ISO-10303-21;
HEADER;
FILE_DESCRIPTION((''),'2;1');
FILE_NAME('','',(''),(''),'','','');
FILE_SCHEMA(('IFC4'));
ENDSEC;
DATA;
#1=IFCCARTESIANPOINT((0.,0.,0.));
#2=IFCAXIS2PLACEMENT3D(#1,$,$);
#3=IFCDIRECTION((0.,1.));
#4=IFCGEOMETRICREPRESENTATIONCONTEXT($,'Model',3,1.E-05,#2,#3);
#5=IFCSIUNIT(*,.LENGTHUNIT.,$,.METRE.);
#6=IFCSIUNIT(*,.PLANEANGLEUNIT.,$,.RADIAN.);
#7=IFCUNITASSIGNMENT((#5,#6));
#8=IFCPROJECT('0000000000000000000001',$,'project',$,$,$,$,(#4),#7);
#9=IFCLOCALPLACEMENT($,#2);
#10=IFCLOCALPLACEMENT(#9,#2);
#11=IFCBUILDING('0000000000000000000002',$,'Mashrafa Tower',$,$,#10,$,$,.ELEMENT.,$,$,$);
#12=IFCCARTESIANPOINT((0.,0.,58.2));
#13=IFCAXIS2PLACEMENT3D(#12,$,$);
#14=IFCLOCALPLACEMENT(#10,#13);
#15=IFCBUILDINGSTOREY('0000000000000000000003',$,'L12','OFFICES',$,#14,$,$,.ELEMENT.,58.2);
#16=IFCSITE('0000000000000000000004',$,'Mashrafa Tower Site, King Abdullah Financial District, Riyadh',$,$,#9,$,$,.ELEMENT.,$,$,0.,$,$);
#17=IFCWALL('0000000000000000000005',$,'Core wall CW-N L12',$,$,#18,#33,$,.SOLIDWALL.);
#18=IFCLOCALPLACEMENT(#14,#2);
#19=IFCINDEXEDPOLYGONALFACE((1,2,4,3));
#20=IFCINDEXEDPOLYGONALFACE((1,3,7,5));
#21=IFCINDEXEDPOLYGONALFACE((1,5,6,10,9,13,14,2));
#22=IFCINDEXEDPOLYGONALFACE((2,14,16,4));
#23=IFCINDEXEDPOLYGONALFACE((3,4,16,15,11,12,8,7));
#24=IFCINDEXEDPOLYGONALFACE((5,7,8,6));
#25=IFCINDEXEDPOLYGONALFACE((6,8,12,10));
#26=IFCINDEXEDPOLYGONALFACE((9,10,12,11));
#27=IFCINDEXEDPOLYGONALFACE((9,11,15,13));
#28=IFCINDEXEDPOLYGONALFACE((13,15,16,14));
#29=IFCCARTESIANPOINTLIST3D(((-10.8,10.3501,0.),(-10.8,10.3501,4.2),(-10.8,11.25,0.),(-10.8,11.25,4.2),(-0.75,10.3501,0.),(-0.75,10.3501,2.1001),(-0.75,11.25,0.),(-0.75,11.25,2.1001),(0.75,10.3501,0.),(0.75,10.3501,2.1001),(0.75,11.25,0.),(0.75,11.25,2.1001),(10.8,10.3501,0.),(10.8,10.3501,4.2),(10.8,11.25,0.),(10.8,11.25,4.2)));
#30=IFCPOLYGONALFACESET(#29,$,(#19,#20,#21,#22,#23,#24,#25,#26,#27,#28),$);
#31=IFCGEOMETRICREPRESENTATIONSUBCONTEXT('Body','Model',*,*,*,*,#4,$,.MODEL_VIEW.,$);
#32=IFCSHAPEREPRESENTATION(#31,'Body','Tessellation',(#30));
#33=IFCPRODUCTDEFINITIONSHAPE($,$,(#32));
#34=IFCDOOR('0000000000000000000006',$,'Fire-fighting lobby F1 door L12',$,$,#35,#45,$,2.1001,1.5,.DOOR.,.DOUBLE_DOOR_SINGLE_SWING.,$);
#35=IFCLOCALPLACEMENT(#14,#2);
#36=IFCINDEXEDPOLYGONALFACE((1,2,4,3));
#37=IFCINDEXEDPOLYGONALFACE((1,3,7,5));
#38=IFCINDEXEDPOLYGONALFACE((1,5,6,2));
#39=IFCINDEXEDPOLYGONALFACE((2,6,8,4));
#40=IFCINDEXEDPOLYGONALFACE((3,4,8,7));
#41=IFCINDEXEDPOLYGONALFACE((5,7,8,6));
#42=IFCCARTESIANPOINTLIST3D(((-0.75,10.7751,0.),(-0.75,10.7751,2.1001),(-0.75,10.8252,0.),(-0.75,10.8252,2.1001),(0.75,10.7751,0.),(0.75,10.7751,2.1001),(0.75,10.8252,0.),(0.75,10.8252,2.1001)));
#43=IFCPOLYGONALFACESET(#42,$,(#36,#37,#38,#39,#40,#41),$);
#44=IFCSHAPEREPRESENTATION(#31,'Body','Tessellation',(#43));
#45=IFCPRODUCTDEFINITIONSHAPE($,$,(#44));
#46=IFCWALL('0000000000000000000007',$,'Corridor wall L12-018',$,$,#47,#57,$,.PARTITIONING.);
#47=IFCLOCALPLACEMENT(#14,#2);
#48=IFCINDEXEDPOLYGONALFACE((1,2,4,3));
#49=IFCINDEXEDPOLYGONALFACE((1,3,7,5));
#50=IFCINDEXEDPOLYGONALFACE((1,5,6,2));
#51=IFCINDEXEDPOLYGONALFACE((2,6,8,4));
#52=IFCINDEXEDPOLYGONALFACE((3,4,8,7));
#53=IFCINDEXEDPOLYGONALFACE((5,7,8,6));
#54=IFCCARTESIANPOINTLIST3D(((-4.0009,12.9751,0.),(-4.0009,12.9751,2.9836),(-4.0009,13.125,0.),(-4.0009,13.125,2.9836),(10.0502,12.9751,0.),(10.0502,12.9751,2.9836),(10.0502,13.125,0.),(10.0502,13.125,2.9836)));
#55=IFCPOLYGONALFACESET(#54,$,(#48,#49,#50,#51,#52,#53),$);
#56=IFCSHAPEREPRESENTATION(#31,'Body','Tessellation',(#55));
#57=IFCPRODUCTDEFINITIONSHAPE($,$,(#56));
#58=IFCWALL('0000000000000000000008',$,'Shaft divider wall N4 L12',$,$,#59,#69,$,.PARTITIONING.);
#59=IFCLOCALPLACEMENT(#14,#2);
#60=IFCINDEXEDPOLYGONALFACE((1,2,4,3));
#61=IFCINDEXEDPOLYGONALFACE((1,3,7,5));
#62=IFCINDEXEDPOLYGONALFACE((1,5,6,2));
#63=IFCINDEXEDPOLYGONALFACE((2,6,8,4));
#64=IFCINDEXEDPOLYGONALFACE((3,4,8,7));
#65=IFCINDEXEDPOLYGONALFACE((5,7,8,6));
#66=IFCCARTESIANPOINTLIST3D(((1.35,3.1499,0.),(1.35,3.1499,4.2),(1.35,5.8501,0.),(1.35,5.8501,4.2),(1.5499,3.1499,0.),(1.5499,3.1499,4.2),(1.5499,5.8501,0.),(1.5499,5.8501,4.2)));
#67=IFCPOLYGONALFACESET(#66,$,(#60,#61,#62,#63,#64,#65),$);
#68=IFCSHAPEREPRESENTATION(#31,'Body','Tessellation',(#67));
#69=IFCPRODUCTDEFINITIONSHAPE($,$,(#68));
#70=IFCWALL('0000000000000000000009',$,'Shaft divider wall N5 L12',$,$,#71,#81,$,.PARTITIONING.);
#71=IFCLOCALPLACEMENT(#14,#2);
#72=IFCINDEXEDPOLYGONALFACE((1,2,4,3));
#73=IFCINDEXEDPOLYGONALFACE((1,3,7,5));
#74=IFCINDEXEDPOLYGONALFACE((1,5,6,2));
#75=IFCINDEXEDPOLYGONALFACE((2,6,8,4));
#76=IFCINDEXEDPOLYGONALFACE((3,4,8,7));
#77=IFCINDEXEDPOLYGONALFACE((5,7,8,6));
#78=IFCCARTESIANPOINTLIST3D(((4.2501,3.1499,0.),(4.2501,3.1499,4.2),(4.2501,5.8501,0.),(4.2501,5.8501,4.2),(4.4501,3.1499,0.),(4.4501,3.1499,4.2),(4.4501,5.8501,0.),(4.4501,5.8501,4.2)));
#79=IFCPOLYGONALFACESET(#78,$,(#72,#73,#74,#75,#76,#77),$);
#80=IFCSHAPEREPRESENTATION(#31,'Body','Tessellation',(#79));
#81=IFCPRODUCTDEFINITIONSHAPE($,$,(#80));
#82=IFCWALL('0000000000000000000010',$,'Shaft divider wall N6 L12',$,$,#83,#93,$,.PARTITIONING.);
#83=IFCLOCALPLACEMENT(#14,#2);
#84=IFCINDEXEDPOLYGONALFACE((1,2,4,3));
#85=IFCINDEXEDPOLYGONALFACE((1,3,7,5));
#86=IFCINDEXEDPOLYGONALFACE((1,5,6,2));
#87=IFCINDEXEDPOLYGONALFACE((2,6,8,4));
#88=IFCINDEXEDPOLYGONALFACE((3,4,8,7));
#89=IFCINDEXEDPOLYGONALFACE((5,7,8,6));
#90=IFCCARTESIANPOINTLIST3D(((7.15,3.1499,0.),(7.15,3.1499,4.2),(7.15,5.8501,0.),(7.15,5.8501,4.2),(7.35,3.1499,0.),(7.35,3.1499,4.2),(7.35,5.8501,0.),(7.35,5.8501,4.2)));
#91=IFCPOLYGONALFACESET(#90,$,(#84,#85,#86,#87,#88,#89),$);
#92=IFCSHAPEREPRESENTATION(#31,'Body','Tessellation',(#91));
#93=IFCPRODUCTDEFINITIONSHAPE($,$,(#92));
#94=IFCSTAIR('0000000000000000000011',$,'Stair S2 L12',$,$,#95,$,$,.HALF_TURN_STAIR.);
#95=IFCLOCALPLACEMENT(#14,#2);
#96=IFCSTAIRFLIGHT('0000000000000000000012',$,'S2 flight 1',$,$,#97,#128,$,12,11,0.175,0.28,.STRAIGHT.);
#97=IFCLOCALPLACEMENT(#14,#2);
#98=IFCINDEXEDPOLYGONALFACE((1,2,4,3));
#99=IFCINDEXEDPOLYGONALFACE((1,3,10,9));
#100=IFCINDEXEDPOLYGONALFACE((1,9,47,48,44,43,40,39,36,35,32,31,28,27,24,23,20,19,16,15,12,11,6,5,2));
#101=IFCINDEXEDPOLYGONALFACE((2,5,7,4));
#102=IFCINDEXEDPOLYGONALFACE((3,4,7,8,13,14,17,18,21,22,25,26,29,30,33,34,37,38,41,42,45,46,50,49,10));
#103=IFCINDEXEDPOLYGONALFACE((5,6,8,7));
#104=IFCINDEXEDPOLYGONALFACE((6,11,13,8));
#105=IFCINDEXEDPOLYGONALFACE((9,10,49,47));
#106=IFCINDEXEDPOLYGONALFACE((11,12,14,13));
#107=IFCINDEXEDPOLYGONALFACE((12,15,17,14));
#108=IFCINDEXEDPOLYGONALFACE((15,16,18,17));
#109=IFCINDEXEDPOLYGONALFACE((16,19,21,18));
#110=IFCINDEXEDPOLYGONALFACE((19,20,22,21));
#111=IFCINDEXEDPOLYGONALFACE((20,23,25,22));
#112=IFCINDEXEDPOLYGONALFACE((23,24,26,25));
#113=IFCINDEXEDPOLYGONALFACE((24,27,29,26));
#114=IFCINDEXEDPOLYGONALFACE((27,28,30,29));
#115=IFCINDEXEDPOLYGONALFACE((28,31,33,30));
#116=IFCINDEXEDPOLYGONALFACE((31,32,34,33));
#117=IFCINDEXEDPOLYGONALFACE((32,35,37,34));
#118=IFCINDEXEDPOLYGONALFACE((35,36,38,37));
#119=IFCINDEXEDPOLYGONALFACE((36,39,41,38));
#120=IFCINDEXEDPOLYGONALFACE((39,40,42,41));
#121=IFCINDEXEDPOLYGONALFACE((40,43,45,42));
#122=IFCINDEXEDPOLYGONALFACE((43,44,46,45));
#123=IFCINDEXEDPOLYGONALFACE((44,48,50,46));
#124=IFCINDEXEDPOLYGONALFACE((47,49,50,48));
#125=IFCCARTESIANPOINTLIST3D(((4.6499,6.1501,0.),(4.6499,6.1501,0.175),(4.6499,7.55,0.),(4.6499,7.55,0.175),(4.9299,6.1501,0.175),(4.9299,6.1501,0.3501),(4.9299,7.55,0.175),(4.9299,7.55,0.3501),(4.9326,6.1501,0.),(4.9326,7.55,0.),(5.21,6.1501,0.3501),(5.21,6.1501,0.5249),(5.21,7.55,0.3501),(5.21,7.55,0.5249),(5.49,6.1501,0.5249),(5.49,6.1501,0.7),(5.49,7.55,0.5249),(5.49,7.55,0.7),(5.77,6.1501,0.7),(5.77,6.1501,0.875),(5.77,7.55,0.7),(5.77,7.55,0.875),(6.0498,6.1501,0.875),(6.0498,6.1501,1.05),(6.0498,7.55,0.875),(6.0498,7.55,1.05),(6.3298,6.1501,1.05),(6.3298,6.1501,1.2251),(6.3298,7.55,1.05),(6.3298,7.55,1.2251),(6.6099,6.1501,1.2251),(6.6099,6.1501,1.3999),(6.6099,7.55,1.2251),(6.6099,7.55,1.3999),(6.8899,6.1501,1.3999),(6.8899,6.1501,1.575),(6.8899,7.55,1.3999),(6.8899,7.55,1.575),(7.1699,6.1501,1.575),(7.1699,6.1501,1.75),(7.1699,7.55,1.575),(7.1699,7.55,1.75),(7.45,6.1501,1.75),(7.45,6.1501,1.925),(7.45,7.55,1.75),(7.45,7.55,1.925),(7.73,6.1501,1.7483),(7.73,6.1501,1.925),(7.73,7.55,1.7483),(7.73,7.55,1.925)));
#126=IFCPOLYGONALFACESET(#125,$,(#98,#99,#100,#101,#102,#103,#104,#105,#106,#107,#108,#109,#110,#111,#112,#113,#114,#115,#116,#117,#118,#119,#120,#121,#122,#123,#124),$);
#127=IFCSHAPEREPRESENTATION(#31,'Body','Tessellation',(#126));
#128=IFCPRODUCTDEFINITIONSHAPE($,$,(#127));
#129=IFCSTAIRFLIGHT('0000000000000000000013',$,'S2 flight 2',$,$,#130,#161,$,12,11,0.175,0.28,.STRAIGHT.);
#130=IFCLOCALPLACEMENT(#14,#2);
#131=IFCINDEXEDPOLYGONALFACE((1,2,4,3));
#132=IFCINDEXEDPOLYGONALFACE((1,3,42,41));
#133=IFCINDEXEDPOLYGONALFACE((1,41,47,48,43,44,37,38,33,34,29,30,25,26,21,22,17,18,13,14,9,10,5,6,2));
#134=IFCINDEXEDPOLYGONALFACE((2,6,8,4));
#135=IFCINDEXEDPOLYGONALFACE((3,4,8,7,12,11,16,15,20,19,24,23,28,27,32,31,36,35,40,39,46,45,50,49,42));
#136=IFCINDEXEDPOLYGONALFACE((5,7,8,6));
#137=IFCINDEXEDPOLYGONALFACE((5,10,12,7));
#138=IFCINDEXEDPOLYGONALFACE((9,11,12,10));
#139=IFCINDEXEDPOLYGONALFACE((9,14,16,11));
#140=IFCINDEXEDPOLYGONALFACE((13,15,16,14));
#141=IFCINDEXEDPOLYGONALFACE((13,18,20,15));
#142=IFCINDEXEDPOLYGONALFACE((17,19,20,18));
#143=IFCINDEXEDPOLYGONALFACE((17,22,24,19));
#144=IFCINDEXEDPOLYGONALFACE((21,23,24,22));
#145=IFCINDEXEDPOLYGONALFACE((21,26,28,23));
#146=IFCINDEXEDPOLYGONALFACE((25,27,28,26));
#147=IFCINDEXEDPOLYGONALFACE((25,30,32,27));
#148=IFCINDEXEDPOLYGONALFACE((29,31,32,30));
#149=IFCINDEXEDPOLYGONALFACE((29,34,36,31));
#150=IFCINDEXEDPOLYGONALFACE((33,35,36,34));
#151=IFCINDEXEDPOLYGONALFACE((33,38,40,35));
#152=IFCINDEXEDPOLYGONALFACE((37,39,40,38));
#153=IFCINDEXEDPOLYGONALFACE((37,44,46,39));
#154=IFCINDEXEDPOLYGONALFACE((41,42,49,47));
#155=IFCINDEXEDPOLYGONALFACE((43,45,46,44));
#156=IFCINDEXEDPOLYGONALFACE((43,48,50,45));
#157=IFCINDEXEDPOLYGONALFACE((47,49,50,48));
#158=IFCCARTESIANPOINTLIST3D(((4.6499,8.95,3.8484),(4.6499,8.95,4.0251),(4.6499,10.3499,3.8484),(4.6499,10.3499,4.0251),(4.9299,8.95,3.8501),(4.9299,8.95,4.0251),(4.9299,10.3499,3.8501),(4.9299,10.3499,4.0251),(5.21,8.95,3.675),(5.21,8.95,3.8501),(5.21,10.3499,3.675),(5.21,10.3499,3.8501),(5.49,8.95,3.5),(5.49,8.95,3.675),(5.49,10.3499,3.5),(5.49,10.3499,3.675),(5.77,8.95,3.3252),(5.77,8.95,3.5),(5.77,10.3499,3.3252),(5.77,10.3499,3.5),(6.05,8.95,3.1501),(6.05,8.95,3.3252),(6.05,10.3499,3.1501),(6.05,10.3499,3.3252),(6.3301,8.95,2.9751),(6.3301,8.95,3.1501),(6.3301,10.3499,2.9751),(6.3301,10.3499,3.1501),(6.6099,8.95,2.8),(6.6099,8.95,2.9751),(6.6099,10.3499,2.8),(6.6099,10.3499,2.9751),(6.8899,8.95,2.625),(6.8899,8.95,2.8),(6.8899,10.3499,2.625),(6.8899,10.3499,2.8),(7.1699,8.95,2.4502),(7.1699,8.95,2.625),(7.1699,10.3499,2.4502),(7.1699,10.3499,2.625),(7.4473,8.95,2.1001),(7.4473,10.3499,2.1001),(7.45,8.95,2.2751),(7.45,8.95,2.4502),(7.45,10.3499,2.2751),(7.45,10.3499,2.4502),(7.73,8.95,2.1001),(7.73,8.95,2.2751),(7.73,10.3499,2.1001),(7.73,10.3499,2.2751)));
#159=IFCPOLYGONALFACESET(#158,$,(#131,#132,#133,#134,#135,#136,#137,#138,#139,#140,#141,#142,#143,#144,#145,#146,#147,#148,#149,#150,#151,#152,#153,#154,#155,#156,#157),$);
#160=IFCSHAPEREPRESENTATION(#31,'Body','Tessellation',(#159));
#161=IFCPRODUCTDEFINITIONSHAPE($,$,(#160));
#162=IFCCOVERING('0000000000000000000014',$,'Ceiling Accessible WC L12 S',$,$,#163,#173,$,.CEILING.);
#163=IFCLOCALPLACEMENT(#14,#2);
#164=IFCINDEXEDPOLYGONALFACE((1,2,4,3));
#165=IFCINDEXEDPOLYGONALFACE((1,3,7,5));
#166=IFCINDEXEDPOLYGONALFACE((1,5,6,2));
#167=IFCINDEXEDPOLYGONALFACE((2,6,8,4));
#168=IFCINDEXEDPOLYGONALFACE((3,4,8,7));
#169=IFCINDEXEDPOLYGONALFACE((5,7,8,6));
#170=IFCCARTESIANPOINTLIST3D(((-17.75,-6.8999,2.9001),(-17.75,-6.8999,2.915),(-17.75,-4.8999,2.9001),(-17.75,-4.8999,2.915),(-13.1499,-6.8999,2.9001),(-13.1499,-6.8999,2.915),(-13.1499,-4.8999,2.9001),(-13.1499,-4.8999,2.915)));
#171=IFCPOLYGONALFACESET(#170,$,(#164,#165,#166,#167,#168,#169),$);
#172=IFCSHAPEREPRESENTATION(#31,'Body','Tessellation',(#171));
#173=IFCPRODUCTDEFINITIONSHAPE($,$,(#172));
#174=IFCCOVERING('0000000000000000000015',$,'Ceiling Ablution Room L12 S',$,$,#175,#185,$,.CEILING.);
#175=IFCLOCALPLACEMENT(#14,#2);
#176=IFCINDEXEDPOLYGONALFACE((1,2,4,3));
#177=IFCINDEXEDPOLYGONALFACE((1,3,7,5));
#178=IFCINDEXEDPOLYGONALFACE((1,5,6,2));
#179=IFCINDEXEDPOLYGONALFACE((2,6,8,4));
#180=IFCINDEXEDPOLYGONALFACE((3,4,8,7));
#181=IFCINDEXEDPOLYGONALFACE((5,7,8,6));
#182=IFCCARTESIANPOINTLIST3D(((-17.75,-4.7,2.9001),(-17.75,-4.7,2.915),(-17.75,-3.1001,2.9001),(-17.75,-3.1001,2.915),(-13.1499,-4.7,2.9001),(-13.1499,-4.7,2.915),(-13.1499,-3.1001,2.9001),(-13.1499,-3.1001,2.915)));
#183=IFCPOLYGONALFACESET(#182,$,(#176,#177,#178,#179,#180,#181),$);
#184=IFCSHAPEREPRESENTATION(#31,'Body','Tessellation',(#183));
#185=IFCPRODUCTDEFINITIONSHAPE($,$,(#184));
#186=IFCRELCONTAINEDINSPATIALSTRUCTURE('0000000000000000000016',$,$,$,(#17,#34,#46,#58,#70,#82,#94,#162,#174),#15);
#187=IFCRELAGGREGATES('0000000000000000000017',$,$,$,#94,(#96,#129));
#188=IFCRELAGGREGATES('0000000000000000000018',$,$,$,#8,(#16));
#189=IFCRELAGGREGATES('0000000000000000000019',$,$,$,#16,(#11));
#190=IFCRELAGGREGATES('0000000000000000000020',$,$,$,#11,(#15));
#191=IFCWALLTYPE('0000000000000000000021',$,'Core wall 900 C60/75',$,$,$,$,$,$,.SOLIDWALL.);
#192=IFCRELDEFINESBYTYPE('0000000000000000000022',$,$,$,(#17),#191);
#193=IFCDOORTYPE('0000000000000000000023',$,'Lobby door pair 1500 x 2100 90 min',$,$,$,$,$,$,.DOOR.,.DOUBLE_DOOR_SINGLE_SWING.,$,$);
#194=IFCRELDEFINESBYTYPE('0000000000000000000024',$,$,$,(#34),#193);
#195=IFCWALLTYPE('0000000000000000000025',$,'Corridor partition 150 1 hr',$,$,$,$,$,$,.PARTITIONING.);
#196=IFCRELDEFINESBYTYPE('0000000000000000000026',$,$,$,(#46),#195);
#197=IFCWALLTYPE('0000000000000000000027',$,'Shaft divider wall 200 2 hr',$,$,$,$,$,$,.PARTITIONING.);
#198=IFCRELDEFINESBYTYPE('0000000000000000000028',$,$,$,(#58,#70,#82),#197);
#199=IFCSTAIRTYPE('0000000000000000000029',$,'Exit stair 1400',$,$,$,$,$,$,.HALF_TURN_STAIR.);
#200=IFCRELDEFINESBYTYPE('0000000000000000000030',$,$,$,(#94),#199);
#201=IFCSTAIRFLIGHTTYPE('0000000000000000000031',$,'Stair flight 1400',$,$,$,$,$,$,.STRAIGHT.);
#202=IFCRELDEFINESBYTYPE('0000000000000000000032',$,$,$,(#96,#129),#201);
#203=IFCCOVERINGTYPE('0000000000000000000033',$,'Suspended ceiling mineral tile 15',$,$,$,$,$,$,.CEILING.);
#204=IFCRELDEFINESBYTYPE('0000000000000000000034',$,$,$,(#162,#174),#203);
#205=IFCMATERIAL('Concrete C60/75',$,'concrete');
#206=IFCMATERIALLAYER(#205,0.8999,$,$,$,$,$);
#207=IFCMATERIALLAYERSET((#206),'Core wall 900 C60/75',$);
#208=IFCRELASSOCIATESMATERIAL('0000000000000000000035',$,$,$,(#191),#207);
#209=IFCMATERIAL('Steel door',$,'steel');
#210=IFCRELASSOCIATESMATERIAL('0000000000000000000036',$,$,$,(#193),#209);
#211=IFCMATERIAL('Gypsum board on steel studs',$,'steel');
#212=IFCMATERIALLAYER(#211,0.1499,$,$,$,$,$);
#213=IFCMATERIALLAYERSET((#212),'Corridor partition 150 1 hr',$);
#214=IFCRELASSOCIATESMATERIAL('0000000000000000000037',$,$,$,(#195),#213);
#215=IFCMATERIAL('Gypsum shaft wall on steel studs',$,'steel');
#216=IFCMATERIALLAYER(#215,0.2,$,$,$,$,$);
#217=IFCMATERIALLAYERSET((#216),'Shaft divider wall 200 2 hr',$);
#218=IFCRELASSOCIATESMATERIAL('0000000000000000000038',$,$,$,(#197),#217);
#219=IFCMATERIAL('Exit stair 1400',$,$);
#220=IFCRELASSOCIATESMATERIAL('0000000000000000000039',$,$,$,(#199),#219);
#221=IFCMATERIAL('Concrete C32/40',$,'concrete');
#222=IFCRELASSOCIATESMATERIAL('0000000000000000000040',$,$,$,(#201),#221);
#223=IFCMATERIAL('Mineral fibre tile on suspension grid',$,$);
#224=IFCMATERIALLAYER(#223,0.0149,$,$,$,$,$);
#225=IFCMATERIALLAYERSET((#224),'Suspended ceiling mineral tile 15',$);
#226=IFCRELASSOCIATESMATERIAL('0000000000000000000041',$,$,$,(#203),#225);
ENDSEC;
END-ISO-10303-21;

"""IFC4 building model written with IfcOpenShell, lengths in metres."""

from ifc_helpers import new_model, si_unit, direction, frame, frame_2d, origin, place, context, subcontext, project, spatial, polyline, rectangle, outline, extrude, material, layer, layer_set, type_object, element, fill, aggregate, save


model = new_model("IFC4")

# Units and contexts
model_context = context("Model", 3, precision=1e-05, world=origin(), true_north=direction((0.0, 1.0)))
body_context = subcontext(model_context, "Body", "Model", "MODEL_VIEW")
ifc_project = project(units=[si_unit("LENGTHUNIT", "METRE"), si_unit("PLANEANGLEUNIT", "RADIAN")], contexts=[model_context])

# Site, building, storey
site_placement = place(None, origin())
site = spatial("IfcSite", under=ifc_project, at=site_placement, Name="Mashrafa Tower Site, King Abdullah Financial District, Riyadh", CompositionType="ELEMENT", RefElevation=0.0)
building_placement = place(site_placement, origin())
building = spatial("IfcBuilding", under=site, at=building_placement, Name="Mashrafa Tower", CompositionType="ELEMENT")
storey_placement = place(building_placement, frame((0.0, 0.0, 58.2)))
storey = spatial("IfcBuildingStorey", under=building, at=storey_placement, Name="L12", Description="OFFICES", CompositionType="ELEMENT", Elevation=58.2)

# Wall, opening, door
ifc_material_1 = material(Name="Concrete C60/75", Category="concrete")
ifc_layer_1 = layer(ifc_material_1, 0.8999)
ifc_layer_set_1 = layer_set([ifc_layer_1], Name="Core wall 900 C60/75")
wall_type_1 = type_object("IfcWallType", Name="Core wall 900 C60/75", PredefinedType="SOLIDWALL", material=ifc_layer_set_1)
wall_1_placement = place(storey_placement, frame((10.8, 10.8, 0.0), z_axis=(0.0, 0.0, 1.0), x_axis=(-1.0, 0.0, 0.0)))
wall_1 = element("IfcWall", 1, at=wall_1_placement, inside=storey, type_object=wall_type_1, Name="Core wall CW-N L12", PredefinedType="SOLIDWALL", context=body_context, shape_type="SweptSolid", body=[
    extrude(rectangle(XDim=21.6001, YDim=0.8999, at=frame_2d((10.8, 0.0))), origin(), (0.0, 0.0, 1.0), 4.2),
])
opening_1_placement = place(wall_1_placement, frame((10.05, 0.0, 0.0)))
opening_1 = element("IfcOpeningElement", 2, at=opening_1_placement, cuts=wall_1, PredefinedType="OPENING", context=body_context, shape_type="SweptSolid", body=[
    extrude(rectangle(XDim=1.5, YDim=2.1001, at=frame_2d((0.75, 1.05))), frame((0.0, 0.46, 0.0), z_axis=(0.0, -1.0, 0.0), x_axis=(1.0, 0.0, 0.0)), (0.0, 0.0, 1.0), 0.9199),
])
ifc_material_2 = material(Name="Steel door", Category="steel")
door_type_1 = type_object("IfcDoorType", Name="Lobby door pair 1500 x 2100 90 min", OperationType="DOUBLE_DOOR_SINGLE_SWING", PredefinedType="DOOR", material=ifc_material_2)
door_1_placement = place(opening_1_placement, origin())
door_1 = element("IfcDoor", 3, at=door_1_placement, inside=storey, type_object=door_type_1, Name="Fire-fighting lobby F1 door L12", OperationType="DOUBLE_DOOR_SINGLE_SWING", OverallHeight=2.1001, OverallWidth=1.5, PredefinedType="DOOR", context=body_context, shape_type="SweptSolid", body=[
    extrude(rectangle(XDim=1.5, YDim=2.1001, at=frame_2d((0.75, 1.05))), frame((0.0, 0.0249, 0.0), z_axis=(0.0, -1.0, 0.0), x_axis=(1.0, 0.0, 0.0)), (0.0, 0.0, 1.0), 0.05),
])
fill(opening_1, door_1)

# Walls
ifc_material_3 = material(Name="Gypsum board on steel studs", Category="steel")
ifc_layer_2 = layer(ifc_material_3, 0.1499)
ifc_layer_set_2 = layer_set([ifc_layer_2], Name="Corridor partition 150 1 hr")
wall_type_2 = type_object("IfcWallType", Name="Corridor partition 150 1 hr", PredefinedType="PARTITIONING", material=ifc_layer_set_2)
wall_2_placement = place(storey_placement, frame((10.05, 13.05, 0.0), z_axis=(0.0, 0.0, 1.0), x_axis=(-1.0, 0.0, 0.0)))
element("IfcWall", 4, at=wall_2_placement, inside=storey, type_object=wall_type_2, Name="Corridor wall L12-018", PredefinedType="PARTITIONING", context=body_context, shape_type="SweptSolid", body=[
    extrude(rectangle(XDim=14.051, YDim=0.1499, at=frame_2d((7.0254, 0.0))), origin(), (0.0, 0.0, 1.0), 2.9836),
])
ifc_material_4 = material(Name="Gypsum shaft wall on steel studs", Category="steel")
ifc_layer_3 = layer(ifc_material_4, 0.2)
ifc_layer_set_3 = layer_set([ifc_layer_3], Name="Shaft divider wall 200 2 hr")
wall_type_3 = type_object("IfcWallType", Name="Shaft divider wall 200 2 hr", PredefinedType="PARTITIONING", material=ifc_layer_set_3)
for number, where, z_axis, x_axis, name in (
    (5, (1.45, 3.1499, 0.0), (0.0, 0.0, 1.0), (0.0, 1.0, 0.0), "Shaft divider wall N4 L12"),
    (6, (4.3501, 3.1499, 0.0), (0.0, 0.0, 1.0), (0.0, 1.0, 0.0), "Shaft divider wall N5 L12"),
    (7, (7.25, 3.1499, 0.0), (0.0, 0.0, 1.0), (0.0, 1.0, 0.0), "Shaft divider wall N6 L12"),
):
    element("IfcWall", number, at=place(storey_placement, frame(where, z_axis=z_axis, x_axis=x_axis)), inside=storey, type_object=wall_type_3, Name=name, PredefinedType="PARTITIONING", context=body_context, shape_type="SweptSolid", body=[
        extrude(rectangle(XDim=2.7002, YDim=0.2, at=frame_2d((1.3501, 0.0))), origin(), (0.0, 0.0, 1.0), 4.2),
    ])

# Stair, stair flights
ifc_material_5 = material(Name="Exit stair 1400")
stair_type = type_object("IfcStairType", Name="Exit stair 1400", PredefinedType="HALF_TURN_STAIR", material=ifc_material_5)
stair_placement = place(storey_placement, origin())
stair = element("IfcStair", 8, at=stair_placement, inside=storey, type_object=stair_type, Name="Stair S2 L12", PredefinedType="HALF_TURN_STAIR")
ifc_material_6 = material(Name="Concrete C32/40", Category="concrete")
stair_flight_type = type_object("IfcStairFlightType", Name="Stair flight 1400", PredefinedType="STRAIGHT", material=ifc_material_6)
stair_flight_1_placement = place(storey_placement, frame((4.6499, 6.8501, 0.0), z_axis=(0.0, 0.0, 1.0), x_axis=(1.0, 0.0, 0.0)))
stair_flight_1 = element("IfcStairFlight", 9, at=stair_flight_1_placement, type_object=stair_flight_type, Name="S2 flight 1", NumberOfRisers=12, NumberOfTreads=11, PredefinedType="STRAIGHT", RiserHeight=0.175, TreadLength=0.28, context=body_context, shape_type="SweptSolid", body=[
    extrude(outline(polyline([(0.0, 0.0), (0.0, 0.175), (0.28, 0.175), (0.28, 0.3501), (0.5601, 0.3501), (0.5601, 0.5249), (0.8401, 0.5249), (0.8401, 0.7), (1.1201, 0.7), (1.1201, 0.875), (1.3999, 0.875), (1.3999, 1.05), (1.6799, 1.05), (1.6799, 1.2251), (1.96, 1.2251), (1.96, 1.3999), (2.24, 1.3999), (2.24, 1.575), (2.52, 1.575), (2.52, 1.75), (2.8, 1.75), (2.8, 1.925), (3.0801, 1.925), (3.0801, 2.1001), (3.0801, 1.7483), (0.2827, 0.0), (0.0, 0.0)])), frame((0.0, 0.7, 0.0), z_axis=(0.0, -1.0, 0.0), x_axis=(1.0, 0.0, 0.0)), (0.0, 0.0, 1.0), 1.3999),
])
stair_flight_2_placement = place(storey_placement, frame((7.73, 9.6499, 2.1001), z_axis=(0.0, 0.0, 1.0), x_axis=(-1.0, 0.0, 0.0)))
stair_flight_2 = element("IfcStairFlight", 10, at=stair_flight_2_placement, type_object=stair_flight_type, Name="S2 flight 2", NumberOfRisers=12, NumberOfTreads=11, PredefinedType="STRAIGHT", RiserHeight=0.175, TreadLength=0.28, context=body_context, shape_type="SweptSolid", body=[
    extrude(outline(polyline([(0.0, 0.0), (0.0, 0.175), (0.28, 0.175), (0.28, 0.3501), (0.5601, 0.3501), (0.5601, 0.5249), (0.8401, 0.5249), (0.8401, 0.7), (1.1201, 0.7), (1.1201, 0.875), (1.3999, 0.875), (1.3999, 1.05), (1.6799, 1.05), (1.6799, 1.2251), (1.96, 1.2251), (1.96, 1.3999), (2.24, 1.3999), (2.24, 1.575), (2.52, 1.575), (2.52, 1.75), (2.8, 1.75), (2.8, 1.925), (3.0801, 1.925), (3.0801, 2.1001), (3.0801, 1.7483), (0.2827, 0.0), (0.0, 0.0)])), frame((0.0, 0.7, 0.0), z_axis=(0.0, -1.0, 0.0), x_axis=(1.0, 0.0, 0.0)), (0.0, 0.0, 1.0), 1.3999),
])
aggregate(stair, [stair_flight_1, stair_flight_2])

# Coverings
ifc_material_7 = material(Name="Mineral fibre tile on suspension grid")
ifc_layer_4 = layer(ifc_material_7, 0.0149)
ifc_layer_set_4 = layer_set([ifc_layer_4], Name="Suspended ceiling mineral tile 15")
covering_type = type_object("IfcCoveringType", Name="Suspended ceiling mineral tile 15", PredefinedType="CEILING", material=ifc_layer_set_4)
covering_1_placement = place(storey_placement, frame((0.0, 0.0, 2.9001)))
element("IfcCovering", 11, at=covering_1_placement, inside=storey, type_object=covering_type, Name="Ceiling Accessible WC L12 S", PredefinedType="CEILING", context=body_context, shape_type="SweptSolid", body=[
    extrude(outline(polyline([(-17.75, -6.8999), (-17.75, -4.8999), (-13.1499, -4.8999), (-13.1499, -6.8999), (-17.75, -6.8999)])), origin(), (0.0, 0.0, 1.0), 0.0149),
])
covering_2_placement = place(storey_placement, frame((0.0, 0.0, 2.9001)))
element("IfcCovering", 12, at=covering_2_placement, inside=storey, type_object=covering_type, Name="Ceiling Ablution Room L12 S", PredefinedType="CEILING", context=body_context, shape_type="SweptSolid", body=[
    extrude(outline(polyline([(-17.75, -4.7), (-17.75, -3.1001), (-13.1499, -3.1001), (-13.1499, -4.7), (-17.75, -4.7)])), origin(), (0.0, 0.0, 1.0), 0.0149),
])

save(model, "model.ifc")
